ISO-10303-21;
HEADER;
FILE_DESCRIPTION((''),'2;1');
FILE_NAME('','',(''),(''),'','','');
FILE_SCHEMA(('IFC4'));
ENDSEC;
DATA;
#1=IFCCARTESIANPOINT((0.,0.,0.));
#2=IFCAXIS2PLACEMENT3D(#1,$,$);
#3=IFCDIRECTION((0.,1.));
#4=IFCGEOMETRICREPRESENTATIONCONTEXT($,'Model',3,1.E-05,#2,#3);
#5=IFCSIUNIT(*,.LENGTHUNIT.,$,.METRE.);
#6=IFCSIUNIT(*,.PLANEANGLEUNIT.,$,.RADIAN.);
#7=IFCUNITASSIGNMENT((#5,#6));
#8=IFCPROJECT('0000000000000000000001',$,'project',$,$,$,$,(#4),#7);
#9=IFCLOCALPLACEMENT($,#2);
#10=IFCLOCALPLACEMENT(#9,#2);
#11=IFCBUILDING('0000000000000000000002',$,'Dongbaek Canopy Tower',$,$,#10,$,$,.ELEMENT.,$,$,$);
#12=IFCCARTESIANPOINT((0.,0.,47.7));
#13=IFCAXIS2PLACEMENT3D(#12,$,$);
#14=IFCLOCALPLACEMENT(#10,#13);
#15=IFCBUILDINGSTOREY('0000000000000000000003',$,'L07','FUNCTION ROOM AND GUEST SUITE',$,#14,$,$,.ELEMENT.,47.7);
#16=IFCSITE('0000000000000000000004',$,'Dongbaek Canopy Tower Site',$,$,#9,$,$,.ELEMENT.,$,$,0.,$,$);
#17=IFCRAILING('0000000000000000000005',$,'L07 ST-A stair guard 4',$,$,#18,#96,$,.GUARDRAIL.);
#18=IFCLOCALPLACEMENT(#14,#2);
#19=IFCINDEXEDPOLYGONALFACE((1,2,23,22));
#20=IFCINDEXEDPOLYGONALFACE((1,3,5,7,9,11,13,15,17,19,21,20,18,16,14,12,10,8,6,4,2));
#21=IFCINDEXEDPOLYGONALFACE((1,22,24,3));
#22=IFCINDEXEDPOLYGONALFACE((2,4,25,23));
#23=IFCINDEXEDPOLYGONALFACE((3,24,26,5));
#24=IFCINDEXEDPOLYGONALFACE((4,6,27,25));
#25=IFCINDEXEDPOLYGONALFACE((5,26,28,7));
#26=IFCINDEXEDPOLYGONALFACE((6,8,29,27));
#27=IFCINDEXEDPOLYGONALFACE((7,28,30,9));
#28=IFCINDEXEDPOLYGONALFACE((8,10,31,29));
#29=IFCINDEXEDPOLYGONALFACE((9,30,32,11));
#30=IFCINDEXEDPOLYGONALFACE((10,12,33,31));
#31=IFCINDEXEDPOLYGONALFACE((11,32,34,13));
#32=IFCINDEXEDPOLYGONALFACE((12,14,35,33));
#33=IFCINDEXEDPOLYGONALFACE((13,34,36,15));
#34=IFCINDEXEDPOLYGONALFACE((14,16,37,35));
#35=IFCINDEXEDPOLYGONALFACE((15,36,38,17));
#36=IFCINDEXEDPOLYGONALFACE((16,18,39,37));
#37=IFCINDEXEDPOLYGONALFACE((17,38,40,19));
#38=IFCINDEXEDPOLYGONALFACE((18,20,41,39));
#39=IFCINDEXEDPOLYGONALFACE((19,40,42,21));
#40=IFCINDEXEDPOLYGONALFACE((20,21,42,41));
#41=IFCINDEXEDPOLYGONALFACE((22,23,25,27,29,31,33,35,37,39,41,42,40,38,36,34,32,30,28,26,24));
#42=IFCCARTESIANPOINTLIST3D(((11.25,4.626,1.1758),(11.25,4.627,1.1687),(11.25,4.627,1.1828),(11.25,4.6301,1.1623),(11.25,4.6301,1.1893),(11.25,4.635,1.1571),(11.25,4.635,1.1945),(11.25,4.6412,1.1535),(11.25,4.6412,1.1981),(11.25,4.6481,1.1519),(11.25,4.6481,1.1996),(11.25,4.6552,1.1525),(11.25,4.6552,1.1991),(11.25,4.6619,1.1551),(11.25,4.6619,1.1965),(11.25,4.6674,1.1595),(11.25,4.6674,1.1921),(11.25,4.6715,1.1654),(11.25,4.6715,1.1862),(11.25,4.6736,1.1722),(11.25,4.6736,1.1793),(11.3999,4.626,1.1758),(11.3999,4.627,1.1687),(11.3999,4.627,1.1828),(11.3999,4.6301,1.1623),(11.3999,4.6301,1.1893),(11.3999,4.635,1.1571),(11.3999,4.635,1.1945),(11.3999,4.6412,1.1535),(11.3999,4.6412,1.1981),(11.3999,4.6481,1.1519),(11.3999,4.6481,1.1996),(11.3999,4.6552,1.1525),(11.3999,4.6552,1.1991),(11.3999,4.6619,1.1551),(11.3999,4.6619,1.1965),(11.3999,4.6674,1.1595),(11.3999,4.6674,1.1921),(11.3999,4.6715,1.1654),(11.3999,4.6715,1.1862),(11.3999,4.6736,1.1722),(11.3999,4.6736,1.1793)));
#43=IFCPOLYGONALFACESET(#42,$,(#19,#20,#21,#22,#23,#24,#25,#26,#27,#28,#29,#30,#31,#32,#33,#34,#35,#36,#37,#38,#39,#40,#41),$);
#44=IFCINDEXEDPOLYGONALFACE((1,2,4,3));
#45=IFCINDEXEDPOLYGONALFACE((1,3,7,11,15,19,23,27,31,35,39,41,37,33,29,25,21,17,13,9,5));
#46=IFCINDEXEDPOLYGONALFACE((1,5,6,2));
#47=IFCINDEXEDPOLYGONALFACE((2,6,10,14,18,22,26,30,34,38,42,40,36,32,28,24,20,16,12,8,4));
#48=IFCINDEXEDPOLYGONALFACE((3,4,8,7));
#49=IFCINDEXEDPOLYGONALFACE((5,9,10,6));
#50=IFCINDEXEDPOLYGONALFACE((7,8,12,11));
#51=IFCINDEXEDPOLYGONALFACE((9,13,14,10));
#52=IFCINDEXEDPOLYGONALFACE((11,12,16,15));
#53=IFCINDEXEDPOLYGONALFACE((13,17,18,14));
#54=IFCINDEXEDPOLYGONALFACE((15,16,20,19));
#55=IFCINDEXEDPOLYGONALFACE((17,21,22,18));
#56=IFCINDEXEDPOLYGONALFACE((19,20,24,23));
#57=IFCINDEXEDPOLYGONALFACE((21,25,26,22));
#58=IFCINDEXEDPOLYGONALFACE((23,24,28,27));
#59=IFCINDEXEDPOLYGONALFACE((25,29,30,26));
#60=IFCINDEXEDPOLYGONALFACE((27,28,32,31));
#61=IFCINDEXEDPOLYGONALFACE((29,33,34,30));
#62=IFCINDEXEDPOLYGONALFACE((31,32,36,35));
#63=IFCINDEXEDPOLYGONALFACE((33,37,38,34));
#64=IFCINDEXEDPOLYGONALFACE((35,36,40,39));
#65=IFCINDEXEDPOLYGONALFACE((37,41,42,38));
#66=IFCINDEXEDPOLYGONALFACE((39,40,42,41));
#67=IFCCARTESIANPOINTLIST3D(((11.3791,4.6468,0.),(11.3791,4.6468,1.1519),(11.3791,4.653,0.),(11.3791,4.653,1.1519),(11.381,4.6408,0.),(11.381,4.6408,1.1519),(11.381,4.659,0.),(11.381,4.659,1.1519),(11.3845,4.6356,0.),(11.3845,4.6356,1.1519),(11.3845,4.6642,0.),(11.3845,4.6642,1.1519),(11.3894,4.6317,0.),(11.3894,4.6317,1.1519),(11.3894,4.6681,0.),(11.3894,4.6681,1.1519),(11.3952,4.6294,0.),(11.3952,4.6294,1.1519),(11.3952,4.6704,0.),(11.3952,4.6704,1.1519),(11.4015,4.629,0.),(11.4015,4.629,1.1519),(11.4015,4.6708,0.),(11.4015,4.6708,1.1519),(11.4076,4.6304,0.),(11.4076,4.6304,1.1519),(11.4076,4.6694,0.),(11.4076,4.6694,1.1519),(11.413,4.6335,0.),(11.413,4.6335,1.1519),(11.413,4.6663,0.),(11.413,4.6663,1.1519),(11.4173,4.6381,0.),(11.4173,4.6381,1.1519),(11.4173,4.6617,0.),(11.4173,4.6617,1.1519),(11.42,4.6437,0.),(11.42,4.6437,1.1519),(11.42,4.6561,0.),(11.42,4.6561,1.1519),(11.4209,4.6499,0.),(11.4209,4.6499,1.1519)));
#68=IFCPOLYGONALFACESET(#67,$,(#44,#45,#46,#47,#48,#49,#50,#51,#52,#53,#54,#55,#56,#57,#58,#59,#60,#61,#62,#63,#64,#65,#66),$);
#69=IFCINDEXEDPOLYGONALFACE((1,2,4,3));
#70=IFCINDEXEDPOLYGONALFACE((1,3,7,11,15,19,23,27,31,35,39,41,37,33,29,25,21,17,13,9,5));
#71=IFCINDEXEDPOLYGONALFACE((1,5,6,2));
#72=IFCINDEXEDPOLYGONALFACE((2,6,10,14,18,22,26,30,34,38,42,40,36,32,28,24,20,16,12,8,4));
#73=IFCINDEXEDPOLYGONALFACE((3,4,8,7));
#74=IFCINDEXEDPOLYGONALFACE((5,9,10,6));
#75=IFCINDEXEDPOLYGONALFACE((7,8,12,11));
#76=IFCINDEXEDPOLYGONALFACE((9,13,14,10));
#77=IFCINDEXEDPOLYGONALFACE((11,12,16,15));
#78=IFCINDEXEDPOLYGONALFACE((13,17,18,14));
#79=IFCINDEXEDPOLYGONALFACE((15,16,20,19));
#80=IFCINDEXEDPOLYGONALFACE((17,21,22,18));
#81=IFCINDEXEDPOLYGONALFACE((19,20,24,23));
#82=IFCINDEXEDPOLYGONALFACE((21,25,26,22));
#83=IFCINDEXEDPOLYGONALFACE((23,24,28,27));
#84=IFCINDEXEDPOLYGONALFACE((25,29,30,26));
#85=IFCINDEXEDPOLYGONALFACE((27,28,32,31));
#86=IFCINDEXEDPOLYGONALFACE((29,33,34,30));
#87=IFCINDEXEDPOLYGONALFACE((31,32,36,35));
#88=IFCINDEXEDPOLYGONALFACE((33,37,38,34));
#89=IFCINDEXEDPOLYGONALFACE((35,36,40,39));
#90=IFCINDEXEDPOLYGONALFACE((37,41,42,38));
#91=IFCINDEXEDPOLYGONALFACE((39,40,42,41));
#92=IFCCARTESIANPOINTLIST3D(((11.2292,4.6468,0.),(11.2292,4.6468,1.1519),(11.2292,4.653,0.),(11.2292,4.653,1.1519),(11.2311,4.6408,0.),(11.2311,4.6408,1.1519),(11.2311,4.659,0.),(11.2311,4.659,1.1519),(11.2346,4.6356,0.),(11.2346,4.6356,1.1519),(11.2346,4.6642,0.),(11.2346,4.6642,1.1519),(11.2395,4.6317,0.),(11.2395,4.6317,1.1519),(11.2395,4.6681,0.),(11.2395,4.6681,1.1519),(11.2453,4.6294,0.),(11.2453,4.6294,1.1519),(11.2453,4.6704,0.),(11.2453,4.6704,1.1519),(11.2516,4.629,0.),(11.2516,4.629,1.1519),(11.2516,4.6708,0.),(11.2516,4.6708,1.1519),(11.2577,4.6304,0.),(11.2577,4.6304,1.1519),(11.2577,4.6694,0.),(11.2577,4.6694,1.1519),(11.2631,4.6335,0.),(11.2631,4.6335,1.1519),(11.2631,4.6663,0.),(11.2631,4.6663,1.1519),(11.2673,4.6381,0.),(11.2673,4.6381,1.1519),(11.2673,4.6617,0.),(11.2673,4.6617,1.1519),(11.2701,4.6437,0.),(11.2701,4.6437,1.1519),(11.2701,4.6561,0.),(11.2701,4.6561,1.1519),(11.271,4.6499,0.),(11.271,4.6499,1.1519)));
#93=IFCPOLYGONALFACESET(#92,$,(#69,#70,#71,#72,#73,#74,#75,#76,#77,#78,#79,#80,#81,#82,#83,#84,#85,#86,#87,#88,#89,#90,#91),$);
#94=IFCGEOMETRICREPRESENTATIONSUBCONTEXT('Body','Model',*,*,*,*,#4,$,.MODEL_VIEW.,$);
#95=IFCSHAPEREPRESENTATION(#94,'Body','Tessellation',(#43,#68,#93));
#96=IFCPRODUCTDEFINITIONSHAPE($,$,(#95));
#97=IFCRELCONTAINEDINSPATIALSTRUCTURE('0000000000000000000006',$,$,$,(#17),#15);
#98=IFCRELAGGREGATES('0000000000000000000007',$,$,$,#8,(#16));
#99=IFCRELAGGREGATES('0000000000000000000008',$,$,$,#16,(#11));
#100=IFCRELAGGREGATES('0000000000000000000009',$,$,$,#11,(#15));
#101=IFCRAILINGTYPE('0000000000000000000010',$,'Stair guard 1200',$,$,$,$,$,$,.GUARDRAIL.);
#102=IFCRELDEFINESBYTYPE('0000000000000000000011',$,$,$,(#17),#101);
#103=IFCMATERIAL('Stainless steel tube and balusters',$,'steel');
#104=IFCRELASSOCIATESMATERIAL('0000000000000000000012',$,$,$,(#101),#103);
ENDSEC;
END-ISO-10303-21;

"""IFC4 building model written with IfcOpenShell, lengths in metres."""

from ifc_helpers import new_model, si_unit, direction, frame, origin, origin_2d, place, context, subcontext, project, spatial, circle, extrude, material, type_object, element, save


model = new_model("IFC4")

# Units and contexts
model_context = context("Model", 3, precision=1e-05, world=origin(), true_north=direction((0.0, 1.0)))
body_context = subcontext(model_context, "Body", "Model", "MODEL_VIEW")
ifc_project = project(units=[si_unit("LENGTHUNIT", "METRE"), si_unit("PLANEANGLEUNIT", "RADIAN")], contexts=[model_context])

# Site, building, storey
site_placement = place(None, origin())
site = spatial("IfcSite", under=ifc_project, at=site_placement, Name="Dongbaek Canopy Tower Site", CompositionType="ELEMENT", RefElevation=0.0)
building_placement = place(site_placement, origin())
building = spatial("IfcBuilding", under=site, at=building_placement, Name="Dongbaek Canopy Tower", CompositionType="ELEMENT")
storey_placement = place(building_placement, frame((0.0, 0.0, 47.7)))
storey = spatial("IfcBuildingStorey", under=building, at=storey_placement, Name="L07", Description="FUNCTION ROOM AND GUEST SUITE", CompositionType="ELEMENT", Elevation=47.7)

# Railing
ifc_material_1 = material(Name="Stainless steel tube and balusters", Category="steel")
railing_type_1 = type_object("IfcRailingType", Name="Stair guard 1200", PredefinedType="GUARDRAIL", material=ifc_material_1)
railing_1_placement = place(storey_placement, frame((11.3999, 4.6499, 0.0)))
element("IfcRailing", 1, at=railing_1_placement, inside=storey, type_object=railing_type_1, Name="L07 ST-A stair guard 4", PredefinedType="GUARDRAIL", context=body_context, shape_type="SweptSolid", body=[
    extrude(circle(Radius=0.0239, at=origin_2d()), frame((0.0, 0.0, 1.1758), z_axis=(-1.0, 0.0, 0.0), x_axis=(0.0, -1.0, 0.0)), (0.0, 0.0, 1.0), 0.1499),
    extrude(circle(Radius=0.021, at=origin_2d()), origin(), (0.0, 0.0, 1.0), 1.1519),
    extrude(circle(Radius=0.021, at=origin_2d()), frame((-0.1499, 0.0, 0.0)), (0.0, 0.0, 1.0), 1.1519),
])

save(model, "model.ifc")
